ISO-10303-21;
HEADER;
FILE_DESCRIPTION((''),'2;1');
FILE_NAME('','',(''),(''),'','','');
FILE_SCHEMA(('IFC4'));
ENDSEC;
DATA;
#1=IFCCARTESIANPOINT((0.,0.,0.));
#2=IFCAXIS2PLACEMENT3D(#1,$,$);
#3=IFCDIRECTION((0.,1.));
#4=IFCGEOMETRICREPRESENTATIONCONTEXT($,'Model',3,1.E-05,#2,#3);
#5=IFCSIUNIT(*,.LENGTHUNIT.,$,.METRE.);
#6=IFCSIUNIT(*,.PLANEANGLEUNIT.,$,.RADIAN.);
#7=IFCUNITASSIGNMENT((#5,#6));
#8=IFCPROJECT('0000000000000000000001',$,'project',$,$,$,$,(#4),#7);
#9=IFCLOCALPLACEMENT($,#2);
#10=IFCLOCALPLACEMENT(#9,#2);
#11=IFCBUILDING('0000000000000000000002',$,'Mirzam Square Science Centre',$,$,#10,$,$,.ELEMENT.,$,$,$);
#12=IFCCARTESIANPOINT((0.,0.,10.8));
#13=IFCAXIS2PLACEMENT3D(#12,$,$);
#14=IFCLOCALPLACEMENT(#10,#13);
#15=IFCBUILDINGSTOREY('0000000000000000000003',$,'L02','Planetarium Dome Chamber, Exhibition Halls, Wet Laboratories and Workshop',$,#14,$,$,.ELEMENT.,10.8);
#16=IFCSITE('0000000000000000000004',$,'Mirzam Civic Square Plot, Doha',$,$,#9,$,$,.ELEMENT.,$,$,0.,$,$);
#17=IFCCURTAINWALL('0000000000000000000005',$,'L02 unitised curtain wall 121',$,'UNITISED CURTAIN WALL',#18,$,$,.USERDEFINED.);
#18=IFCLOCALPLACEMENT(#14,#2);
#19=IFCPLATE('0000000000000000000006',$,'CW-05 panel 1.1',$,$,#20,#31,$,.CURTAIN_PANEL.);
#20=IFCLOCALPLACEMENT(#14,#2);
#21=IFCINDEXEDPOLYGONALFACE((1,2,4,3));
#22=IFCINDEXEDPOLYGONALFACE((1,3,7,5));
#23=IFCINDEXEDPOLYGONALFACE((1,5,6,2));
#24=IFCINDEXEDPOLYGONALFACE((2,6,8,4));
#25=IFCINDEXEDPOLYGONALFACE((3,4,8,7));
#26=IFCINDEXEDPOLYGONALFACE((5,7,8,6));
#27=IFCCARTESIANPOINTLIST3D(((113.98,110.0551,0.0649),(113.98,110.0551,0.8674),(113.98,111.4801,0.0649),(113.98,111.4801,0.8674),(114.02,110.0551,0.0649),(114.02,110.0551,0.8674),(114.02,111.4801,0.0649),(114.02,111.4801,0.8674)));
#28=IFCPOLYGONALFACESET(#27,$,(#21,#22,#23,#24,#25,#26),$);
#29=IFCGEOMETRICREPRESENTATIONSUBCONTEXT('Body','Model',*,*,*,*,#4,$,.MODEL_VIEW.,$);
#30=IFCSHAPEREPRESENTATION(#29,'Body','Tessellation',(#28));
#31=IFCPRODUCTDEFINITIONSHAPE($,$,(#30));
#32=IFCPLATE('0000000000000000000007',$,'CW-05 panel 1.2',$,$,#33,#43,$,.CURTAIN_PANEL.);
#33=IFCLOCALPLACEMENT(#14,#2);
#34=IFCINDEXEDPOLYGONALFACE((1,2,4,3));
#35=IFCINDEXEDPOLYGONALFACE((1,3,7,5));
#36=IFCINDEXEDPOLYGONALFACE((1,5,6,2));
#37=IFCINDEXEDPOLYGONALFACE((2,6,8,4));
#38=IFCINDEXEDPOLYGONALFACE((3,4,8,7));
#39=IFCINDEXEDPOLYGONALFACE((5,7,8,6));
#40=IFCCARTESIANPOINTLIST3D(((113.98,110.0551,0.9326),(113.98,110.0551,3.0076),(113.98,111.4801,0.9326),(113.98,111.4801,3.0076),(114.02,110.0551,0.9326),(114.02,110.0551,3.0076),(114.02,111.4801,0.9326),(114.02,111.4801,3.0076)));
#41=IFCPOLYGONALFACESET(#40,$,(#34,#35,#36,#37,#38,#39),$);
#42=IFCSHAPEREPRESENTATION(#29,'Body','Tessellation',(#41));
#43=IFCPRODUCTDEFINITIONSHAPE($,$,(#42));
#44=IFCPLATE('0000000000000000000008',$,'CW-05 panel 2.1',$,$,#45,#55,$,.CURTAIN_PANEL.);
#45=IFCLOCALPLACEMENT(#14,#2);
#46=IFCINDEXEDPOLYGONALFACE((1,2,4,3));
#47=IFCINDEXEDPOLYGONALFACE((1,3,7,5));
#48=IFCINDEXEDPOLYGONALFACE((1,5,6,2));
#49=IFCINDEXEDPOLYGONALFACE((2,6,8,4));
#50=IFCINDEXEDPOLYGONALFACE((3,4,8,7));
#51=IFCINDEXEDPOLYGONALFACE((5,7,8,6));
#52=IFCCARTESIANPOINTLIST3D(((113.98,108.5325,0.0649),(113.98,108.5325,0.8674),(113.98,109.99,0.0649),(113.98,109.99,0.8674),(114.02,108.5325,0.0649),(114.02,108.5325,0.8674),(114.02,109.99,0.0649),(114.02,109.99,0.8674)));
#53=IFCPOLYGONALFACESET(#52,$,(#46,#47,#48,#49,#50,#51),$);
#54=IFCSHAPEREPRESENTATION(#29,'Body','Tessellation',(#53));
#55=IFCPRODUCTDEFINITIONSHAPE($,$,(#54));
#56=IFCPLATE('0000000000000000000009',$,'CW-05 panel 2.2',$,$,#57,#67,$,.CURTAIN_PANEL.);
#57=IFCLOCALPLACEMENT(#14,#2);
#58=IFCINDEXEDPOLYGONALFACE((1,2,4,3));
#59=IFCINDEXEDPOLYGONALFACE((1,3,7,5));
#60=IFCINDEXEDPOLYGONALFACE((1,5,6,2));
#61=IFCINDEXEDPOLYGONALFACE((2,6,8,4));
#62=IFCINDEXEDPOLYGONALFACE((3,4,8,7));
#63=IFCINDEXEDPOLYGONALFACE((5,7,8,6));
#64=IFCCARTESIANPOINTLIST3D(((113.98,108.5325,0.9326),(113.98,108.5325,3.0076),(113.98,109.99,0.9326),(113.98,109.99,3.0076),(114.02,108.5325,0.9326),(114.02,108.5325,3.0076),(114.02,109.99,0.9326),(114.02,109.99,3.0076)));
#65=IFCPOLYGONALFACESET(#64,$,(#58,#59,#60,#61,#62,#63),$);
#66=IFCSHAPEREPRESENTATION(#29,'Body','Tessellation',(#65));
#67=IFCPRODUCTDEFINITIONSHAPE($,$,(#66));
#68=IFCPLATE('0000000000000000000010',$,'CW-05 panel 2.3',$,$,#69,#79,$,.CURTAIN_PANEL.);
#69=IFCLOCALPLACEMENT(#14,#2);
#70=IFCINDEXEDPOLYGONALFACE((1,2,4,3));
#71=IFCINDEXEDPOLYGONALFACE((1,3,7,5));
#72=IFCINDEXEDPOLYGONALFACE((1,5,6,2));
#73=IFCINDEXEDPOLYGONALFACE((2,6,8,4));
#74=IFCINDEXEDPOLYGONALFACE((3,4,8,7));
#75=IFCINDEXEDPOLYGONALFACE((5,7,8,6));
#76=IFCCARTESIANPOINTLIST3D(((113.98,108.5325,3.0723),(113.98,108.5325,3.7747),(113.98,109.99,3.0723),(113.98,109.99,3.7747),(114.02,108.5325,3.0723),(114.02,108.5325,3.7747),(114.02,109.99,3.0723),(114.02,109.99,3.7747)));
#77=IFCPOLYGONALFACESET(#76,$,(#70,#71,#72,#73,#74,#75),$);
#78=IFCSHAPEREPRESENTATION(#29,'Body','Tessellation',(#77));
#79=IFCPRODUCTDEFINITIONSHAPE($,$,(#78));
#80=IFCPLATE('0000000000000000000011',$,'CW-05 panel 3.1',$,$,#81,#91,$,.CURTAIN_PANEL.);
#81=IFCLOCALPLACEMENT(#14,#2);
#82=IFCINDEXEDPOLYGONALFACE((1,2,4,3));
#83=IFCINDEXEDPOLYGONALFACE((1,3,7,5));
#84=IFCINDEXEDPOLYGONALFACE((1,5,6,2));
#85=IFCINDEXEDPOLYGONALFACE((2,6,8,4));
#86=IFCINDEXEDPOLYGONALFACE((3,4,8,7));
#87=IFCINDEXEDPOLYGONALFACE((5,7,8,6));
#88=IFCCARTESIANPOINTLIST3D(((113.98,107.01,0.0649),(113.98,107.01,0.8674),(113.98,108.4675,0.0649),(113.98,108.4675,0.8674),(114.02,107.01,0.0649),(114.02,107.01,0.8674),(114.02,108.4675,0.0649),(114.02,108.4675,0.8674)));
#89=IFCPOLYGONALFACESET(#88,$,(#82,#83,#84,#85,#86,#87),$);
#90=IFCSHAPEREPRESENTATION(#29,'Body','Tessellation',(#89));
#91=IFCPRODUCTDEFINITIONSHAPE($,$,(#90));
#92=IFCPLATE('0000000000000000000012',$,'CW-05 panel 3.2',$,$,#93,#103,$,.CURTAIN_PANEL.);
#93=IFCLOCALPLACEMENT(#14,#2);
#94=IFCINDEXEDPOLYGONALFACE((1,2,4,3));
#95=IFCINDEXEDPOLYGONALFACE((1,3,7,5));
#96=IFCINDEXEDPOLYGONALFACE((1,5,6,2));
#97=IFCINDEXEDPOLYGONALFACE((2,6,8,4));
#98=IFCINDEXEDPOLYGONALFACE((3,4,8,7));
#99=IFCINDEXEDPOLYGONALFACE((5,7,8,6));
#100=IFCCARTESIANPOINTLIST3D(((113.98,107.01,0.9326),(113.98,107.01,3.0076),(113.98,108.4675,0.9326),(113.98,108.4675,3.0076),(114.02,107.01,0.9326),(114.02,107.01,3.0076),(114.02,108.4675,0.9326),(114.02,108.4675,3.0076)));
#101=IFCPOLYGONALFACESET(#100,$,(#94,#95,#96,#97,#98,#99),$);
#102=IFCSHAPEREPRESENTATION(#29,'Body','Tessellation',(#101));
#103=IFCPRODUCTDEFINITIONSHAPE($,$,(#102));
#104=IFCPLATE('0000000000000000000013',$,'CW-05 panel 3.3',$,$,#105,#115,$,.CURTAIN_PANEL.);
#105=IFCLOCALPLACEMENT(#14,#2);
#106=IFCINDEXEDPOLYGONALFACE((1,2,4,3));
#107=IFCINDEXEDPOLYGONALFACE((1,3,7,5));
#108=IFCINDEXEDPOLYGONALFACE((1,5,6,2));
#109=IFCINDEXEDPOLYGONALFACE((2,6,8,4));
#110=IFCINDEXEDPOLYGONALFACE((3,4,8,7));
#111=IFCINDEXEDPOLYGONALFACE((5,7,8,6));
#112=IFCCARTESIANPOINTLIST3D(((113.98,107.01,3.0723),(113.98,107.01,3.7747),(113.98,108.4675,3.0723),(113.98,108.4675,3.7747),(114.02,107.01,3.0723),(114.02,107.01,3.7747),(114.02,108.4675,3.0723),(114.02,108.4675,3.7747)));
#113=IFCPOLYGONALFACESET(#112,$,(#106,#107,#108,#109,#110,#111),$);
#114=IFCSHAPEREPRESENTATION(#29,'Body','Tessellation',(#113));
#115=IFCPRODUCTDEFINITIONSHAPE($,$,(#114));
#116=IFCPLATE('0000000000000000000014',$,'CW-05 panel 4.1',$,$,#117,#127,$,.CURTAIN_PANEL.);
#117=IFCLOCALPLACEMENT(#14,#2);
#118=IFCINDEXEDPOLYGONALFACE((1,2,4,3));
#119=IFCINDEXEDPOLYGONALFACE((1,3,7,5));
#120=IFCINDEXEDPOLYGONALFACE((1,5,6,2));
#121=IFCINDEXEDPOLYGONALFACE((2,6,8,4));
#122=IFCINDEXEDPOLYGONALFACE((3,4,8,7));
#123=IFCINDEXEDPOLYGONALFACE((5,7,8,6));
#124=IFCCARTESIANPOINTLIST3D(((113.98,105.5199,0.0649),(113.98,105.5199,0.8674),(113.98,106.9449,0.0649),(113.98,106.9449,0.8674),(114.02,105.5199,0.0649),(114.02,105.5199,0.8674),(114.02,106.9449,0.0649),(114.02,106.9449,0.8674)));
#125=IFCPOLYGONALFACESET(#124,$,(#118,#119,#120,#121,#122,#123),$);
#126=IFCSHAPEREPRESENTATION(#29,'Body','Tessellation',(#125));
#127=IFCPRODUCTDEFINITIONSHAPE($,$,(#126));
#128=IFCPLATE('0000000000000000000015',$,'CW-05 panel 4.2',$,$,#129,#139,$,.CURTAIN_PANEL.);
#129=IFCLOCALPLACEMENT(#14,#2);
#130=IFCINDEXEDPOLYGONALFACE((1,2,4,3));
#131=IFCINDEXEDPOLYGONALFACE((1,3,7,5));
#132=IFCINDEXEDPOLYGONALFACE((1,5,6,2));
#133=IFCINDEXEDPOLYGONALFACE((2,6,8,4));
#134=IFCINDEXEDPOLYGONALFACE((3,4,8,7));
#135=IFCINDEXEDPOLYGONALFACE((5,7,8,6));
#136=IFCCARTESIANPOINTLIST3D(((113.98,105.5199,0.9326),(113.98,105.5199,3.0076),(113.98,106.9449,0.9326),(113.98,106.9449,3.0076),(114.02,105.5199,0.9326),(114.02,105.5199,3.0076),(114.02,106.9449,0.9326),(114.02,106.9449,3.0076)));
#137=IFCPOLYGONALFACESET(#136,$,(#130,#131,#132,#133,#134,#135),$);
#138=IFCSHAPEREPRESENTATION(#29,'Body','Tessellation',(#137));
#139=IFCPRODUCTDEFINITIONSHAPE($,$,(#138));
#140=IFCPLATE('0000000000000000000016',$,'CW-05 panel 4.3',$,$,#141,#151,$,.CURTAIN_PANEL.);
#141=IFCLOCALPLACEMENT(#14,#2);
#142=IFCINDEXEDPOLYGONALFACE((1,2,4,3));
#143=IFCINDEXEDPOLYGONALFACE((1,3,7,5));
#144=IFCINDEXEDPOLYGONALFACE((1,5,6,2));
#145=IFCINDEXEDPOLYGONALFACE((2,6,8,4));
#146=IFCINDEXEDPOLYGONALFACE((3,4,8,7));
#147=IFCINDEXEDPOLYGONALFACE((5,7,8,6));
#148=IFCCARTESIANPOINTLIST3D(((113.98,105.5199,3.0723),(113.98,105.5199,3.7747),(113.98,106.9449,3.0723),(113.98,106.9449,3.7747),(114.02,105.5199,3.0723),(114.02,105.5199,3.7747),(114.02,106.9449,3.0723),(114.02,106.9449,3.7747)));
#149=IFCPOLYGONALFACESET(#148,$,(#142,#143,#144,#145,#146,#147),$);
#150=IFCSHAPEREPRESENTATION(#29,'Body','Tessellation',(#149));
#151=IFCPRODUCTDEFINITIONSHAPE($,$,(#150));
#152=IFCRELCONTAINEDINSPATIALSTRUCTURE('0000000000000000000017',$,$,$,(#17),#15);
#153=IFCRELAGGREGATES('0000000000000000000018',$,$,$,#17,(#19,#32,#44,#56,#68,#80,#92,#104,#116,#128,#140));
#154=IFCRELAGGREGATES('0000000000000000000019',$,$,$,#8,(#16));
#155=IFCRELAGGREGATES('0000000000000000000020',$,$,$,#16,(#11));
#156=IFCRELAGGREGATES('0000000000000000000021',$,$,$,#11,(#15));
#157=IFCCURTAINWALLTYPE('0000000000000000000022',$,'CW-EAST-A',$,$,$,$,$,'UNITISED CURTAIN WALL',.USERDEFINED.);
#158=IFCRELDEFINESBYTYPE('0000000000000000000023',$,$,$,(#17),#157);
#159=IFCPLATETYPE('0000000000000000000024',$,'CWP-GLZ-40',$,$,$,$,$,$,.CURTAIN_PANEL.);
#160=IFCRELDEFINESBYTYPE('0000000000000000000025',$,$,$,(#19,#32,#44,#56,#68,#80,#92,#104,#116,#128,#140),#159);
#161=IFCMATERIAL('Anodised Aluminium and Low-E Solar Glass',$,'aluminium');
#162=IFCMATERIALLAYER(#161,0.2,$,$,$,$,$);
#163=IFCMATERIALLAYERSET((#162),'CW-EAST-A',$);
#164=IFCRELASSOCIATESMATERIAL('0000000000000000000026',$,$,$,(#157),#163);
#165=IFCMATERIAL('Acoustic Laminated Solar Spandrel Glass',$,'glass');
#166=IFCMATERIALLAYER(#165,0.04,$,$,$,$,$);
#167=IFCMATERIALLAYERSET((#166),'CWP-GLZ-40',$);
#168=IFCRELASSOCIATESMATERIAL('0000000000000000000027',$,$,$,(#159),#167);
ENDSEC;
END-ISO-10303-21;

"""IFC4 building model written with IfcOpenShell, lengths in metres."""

from ifc_helpers import new_model, si_unit, direction, frame, origin, origin_2d, place, context, subcontext, project, spatial, rectangle, extrude, material, layer, layer_set, type_object, element, aggregate, save


model = new_model("IFC4")

# Units and contexts
model_context = context("Model", 3, precision=1e-05, world=origin(), true_north=direction((0.0, 1.0)))
body_context = subcontext(model_context, "Body", "Model", "MODEL_VIEW")
ifc_project = project(units=[si_unit("LENGTHUNIT", "METRE"), si_unit("PLANEANGLEUNIT", "RADIAN")], contexts=[model_context])

# Site, building, storey
site_placement = place(None, origin())
site = spatial("IfcSite", under=ifc_project, at=site_placement, Name="Mirzam Civic Square Plot, Doha", CompositionType="ELEMENT", RefElevation=0.0)
building_placement = place(site_placement, origin())
building = spatial("IfcBuilding", under=site, at=building_placement, Name="Mirzam Square Science Centre", CompositionType="ELEMENT")
storey_placement = place(building_placement, frame((0.0, 0.0, 10.8)))
storey = spatial("IfcBuildingStorey", under=building, at=storey_placement, Name="L02", Description="Planetarium Dome Chamber, Exhibition Halls, Wet Laboratories and Workshop", CompositionType="ELEMENT", Elevation=10.8)

# Curtain wall
ifc_material_1 = material(Name="Anodised Aluminium and Low-E Solar Glass", Category="aluminium")
ifc_layer_1 = layer(ifc_material_1, 0.2)
ifc_layer_set_1 = layer_set([ifc_layer_1], Name="CW-EAST-A")
curtain_wall_type_1 = type_object("IfcCurtainWallType", Name="CW-EAST-A", ElementType="UNITISED CURTAIN WALL", PredefinedType="USERDEFINED", material=ifc_layer_set_1)
curtain_wall_1_placement = place(storey_placement, origin())
curtain_wall_1 = element("IfcCurtainWall", 1, at=curtain_wall_1_placement, inside=storey, type_object=curtain_wall_type_1, Name="L02 unitised curtain wall 121", ObjectType="UNITISED CURTAIN WALL", PredefinedType="USERDEFINED")

# Plates
ifc_material_2 = material(Name="Acoustic Laminated Solar Spandrel Glass", Category="glass")
ifc_layer_2 = layer(ifc_material_2, 0.04)
ifc_layer_set_2 = layer_set([ifc_layer_2], Name="CWP-GLZ-40")
plate_type_1 = type_object("IfcPlateType", Name="CWP-GLZ-40", PredefinedType="CURTAIN_PANEL", material=ifc_layer_set_2)
plate_1_placement = place(storey_placement, frame((114.0, 110.7676, 0.0649), z_axis=(0.0, 0.0, 1.0), x_axis=(0.0, -1.0, 0.0)))
plate_1 = element("IfcPlate", 2, at=plate_1_placement, type_object=plate_type_1, Name="CW-05 panel 1.1", PredefinedType="CURTAIN_PANEL", context=body_context, shape_type="SweptSolid", body=[
    extrude(rectangle(XDim=1.425, YDim=0.04, at=origin_2d()), origin(), (0.0, 0.0, 1.0), 0.8025),
])
plate_2_placement = place(storey_placement, frame((114.0, 110.7676, 0.9326), z_axis=(0.0, 0.0, 1.0), x_axis=(0.0, -1.0, 0.0)))
plate_2 = element("IfcPlate", 3, at=plate_2_placement, type_object=plate_type_1, Name="CW-05 panel 1.2", PredefinedType="CURTAIN_PANEL", context=body_context, shape_type="SweptSolid", body=[
    extrude(rectangle(XDim=1.425, YDim=0.04, at=origin_2d()), origin(), (0.0, 0.0, 1.0), 2.075),
])
plate_3_placement = place(storey_placement, frame((114.0, 109.2612, 0.0649), z_axis=(0.0, 0.0, 1.0), x_axis=(0.0, -1.0, 0.0)))
plate_3 = element("IfcPlate", 4, at=plate_3_placement, type_object=plate_type_1, Name="CW-05 panel 2.1", PredefinedType="CURTAIN_PANEL", context=body_context, shape_type="SweptSolid", body=[
    extrude(rectangle(XDim=1.4575, YDim=0.04, at=origin_2d()), origin(), (0.0, 0.0, 1.0), 0.8025),
])
plate_4_placement = place(storey_placement, frame((114.0, 109.2612, 0.9326), z_axis=(0.0, 0.0, 1.0), x_axis=(0.0, -1.0, 0.0)))
plate_4 = element("IfcPlate", 5, at=plate_4_placement, type_object=plate_type_1, Name="CW-05 panel 2.2", PredefinedType="CURTAIN_PANEL", context=body_context, shape_type="SweptSolid", body=[
    extrude(rectangle(XDim=1.4575, YDim=0.04, at=origin_2d()), origin(), (0.0, 0.0, 1.0), 2.075),
])
plate_5_placement = place(storey_placement, frame((114.0, 109.2612, 3.0723), z_axis=(0.0, 0.0, 1.0), x_axis=(0.0, -1.0, 0.0)))
plate_5 = element("IfcPlate", 6, at=plate_5_placement, type_object=plate_type_1, Name="CW-05 panel 2.3", PredefinedType="CURTAIN_PANEL", context=body_context, shape_type="SweptSolid", body=[
    extrude(rectangle(XDim=1.4575, YDim=0.04, at=origin_2d()), origin(), (0.0, 0.0, 1.0), 0.7024),
])
plate_6_placement = place(storey_placement, frame((114.0, 107.7388, 0.0649), z_axis=(0.0, 0.0, 1.0), x_axis=(0.0, -1.0, 0.0)))
plate_6 = element("IfcPlate", 7, at=plate_6_placement, type_object=plate_type_1, Name="CW-05 panel 3.1", PredefinedType="CURTAIN_PANEL", context=body_context, shape_type="SweptSolid", body=[
    extrude(rectangle(XDim=1.4575, YDim=0.04, at=origin_2d()), origin(), (0.0, 0.0, 1.0), 0.8025),
])
plate_7_placement = place(storey_placement, frame((114.0, 107.7388, 0.9326), z_axis=(0.0, 0.0, 1.0), x_axis=(0.0, -1.0, 0.0)))
plate_7 = element("IfcPlate", 8, at=plate_7_placement, type_object=plate_type_1, Name="CW-05 panel 3.2", PredefinedType="CURTAIN_PANEL", context=body_context, shape_type="SweptSolid", body=[
    extrude(rectangle(XDim=1.4575, YDim=0.04, at=origin_2d()), origin(), (0.0, 0.0, 1.0), 2.075),
])
plate_8_placement = place(storey_placement, frame((114.0, 107.7388, 3.0723), z_axis=(0.0, 0.0, 1.0), x_axis=(0.0, -1.0, 0.0)))
plate_8 = element("IfcPlate", 9, at=plate_8_placement, type_object=plate_type_1, Name="CW-05 panel 3.3", PredefinedType="CURTAIN_PANEL", context=body_context, shape_type="SweptSolid", body=[
    extrude(rectangle(XDim=1.4575, YDim=0.04, at=origin_2d()), origin(), (0.0, 0.0, 1.0), 0.7024),
])
plate_9_placement = place(storey_placement, frame((114.0, 106.2324, 0.0649), z_axis=(0.0, 0.0, 1.0), x_axis=(0.0, -1.0, 0.0)))
plate_9 = element("IfcPlate", 10, at=plate_9_placement, type_object=plate_type_1, Name="CW-05 panel 4.1", PredefinedType="CURTAIN_PANEL", context=body_context, shape_type="SweptSolid", body=[
    extrude(rectangle(XDim=1.425, YDim=0.04, at=origin_2d()), origin(), (0.0, 0.0, 1.0), 0.8025),
])
plate_10_placement = place(storey_placement, frame((114.0, 106.2324, 0.9326), z_axis=(0.0, 0.0, 1.0), x_axis=(0.0, -1.0, 0.0)))
plate_10 = element("IfcPlate", 11, at=plate_10_placement, type_object=plate_type_1, Name="CW-05 panel 4.2", PredefinedType="CURTAIN_PANEL", context=body_context, shape_type="SweptSolid", body=[
    extrude(rectangle(XDim=1.425, YDim=0.04, at=origin_2d()), origin(), (0.0, 0.0, 1.0), 2.075),
])
plate_11_placement = place(storey_placement, frame((114.0, 106.2324, 3.0723), z_axis=(0.0, 0.0, 1.0), x_axis=(0.0, -1.0, 0.0)))
plate_11 = element("IfcPlate", 12, at=plate_11_placement, type_object=plate_type_1, Name="CW-05 panel 4.3", PredefinedType="CURTAIN_PANEL", context=body_context, shape_type="SweptSolid", body=[
    extrude(rectangle(XDim=1.425, YDim=0.04, at=origin_2d()), origin(), (0.0, 0.0, 1.0), 0.7024),
])
aggregate(curtain_wall_1, [plate_1, plate_2, plate_3, plate_4, plate_5, plate_6, plate_7, plate_8, plate_9, plate_10, plate_11])

save(model, "model.ifc")
